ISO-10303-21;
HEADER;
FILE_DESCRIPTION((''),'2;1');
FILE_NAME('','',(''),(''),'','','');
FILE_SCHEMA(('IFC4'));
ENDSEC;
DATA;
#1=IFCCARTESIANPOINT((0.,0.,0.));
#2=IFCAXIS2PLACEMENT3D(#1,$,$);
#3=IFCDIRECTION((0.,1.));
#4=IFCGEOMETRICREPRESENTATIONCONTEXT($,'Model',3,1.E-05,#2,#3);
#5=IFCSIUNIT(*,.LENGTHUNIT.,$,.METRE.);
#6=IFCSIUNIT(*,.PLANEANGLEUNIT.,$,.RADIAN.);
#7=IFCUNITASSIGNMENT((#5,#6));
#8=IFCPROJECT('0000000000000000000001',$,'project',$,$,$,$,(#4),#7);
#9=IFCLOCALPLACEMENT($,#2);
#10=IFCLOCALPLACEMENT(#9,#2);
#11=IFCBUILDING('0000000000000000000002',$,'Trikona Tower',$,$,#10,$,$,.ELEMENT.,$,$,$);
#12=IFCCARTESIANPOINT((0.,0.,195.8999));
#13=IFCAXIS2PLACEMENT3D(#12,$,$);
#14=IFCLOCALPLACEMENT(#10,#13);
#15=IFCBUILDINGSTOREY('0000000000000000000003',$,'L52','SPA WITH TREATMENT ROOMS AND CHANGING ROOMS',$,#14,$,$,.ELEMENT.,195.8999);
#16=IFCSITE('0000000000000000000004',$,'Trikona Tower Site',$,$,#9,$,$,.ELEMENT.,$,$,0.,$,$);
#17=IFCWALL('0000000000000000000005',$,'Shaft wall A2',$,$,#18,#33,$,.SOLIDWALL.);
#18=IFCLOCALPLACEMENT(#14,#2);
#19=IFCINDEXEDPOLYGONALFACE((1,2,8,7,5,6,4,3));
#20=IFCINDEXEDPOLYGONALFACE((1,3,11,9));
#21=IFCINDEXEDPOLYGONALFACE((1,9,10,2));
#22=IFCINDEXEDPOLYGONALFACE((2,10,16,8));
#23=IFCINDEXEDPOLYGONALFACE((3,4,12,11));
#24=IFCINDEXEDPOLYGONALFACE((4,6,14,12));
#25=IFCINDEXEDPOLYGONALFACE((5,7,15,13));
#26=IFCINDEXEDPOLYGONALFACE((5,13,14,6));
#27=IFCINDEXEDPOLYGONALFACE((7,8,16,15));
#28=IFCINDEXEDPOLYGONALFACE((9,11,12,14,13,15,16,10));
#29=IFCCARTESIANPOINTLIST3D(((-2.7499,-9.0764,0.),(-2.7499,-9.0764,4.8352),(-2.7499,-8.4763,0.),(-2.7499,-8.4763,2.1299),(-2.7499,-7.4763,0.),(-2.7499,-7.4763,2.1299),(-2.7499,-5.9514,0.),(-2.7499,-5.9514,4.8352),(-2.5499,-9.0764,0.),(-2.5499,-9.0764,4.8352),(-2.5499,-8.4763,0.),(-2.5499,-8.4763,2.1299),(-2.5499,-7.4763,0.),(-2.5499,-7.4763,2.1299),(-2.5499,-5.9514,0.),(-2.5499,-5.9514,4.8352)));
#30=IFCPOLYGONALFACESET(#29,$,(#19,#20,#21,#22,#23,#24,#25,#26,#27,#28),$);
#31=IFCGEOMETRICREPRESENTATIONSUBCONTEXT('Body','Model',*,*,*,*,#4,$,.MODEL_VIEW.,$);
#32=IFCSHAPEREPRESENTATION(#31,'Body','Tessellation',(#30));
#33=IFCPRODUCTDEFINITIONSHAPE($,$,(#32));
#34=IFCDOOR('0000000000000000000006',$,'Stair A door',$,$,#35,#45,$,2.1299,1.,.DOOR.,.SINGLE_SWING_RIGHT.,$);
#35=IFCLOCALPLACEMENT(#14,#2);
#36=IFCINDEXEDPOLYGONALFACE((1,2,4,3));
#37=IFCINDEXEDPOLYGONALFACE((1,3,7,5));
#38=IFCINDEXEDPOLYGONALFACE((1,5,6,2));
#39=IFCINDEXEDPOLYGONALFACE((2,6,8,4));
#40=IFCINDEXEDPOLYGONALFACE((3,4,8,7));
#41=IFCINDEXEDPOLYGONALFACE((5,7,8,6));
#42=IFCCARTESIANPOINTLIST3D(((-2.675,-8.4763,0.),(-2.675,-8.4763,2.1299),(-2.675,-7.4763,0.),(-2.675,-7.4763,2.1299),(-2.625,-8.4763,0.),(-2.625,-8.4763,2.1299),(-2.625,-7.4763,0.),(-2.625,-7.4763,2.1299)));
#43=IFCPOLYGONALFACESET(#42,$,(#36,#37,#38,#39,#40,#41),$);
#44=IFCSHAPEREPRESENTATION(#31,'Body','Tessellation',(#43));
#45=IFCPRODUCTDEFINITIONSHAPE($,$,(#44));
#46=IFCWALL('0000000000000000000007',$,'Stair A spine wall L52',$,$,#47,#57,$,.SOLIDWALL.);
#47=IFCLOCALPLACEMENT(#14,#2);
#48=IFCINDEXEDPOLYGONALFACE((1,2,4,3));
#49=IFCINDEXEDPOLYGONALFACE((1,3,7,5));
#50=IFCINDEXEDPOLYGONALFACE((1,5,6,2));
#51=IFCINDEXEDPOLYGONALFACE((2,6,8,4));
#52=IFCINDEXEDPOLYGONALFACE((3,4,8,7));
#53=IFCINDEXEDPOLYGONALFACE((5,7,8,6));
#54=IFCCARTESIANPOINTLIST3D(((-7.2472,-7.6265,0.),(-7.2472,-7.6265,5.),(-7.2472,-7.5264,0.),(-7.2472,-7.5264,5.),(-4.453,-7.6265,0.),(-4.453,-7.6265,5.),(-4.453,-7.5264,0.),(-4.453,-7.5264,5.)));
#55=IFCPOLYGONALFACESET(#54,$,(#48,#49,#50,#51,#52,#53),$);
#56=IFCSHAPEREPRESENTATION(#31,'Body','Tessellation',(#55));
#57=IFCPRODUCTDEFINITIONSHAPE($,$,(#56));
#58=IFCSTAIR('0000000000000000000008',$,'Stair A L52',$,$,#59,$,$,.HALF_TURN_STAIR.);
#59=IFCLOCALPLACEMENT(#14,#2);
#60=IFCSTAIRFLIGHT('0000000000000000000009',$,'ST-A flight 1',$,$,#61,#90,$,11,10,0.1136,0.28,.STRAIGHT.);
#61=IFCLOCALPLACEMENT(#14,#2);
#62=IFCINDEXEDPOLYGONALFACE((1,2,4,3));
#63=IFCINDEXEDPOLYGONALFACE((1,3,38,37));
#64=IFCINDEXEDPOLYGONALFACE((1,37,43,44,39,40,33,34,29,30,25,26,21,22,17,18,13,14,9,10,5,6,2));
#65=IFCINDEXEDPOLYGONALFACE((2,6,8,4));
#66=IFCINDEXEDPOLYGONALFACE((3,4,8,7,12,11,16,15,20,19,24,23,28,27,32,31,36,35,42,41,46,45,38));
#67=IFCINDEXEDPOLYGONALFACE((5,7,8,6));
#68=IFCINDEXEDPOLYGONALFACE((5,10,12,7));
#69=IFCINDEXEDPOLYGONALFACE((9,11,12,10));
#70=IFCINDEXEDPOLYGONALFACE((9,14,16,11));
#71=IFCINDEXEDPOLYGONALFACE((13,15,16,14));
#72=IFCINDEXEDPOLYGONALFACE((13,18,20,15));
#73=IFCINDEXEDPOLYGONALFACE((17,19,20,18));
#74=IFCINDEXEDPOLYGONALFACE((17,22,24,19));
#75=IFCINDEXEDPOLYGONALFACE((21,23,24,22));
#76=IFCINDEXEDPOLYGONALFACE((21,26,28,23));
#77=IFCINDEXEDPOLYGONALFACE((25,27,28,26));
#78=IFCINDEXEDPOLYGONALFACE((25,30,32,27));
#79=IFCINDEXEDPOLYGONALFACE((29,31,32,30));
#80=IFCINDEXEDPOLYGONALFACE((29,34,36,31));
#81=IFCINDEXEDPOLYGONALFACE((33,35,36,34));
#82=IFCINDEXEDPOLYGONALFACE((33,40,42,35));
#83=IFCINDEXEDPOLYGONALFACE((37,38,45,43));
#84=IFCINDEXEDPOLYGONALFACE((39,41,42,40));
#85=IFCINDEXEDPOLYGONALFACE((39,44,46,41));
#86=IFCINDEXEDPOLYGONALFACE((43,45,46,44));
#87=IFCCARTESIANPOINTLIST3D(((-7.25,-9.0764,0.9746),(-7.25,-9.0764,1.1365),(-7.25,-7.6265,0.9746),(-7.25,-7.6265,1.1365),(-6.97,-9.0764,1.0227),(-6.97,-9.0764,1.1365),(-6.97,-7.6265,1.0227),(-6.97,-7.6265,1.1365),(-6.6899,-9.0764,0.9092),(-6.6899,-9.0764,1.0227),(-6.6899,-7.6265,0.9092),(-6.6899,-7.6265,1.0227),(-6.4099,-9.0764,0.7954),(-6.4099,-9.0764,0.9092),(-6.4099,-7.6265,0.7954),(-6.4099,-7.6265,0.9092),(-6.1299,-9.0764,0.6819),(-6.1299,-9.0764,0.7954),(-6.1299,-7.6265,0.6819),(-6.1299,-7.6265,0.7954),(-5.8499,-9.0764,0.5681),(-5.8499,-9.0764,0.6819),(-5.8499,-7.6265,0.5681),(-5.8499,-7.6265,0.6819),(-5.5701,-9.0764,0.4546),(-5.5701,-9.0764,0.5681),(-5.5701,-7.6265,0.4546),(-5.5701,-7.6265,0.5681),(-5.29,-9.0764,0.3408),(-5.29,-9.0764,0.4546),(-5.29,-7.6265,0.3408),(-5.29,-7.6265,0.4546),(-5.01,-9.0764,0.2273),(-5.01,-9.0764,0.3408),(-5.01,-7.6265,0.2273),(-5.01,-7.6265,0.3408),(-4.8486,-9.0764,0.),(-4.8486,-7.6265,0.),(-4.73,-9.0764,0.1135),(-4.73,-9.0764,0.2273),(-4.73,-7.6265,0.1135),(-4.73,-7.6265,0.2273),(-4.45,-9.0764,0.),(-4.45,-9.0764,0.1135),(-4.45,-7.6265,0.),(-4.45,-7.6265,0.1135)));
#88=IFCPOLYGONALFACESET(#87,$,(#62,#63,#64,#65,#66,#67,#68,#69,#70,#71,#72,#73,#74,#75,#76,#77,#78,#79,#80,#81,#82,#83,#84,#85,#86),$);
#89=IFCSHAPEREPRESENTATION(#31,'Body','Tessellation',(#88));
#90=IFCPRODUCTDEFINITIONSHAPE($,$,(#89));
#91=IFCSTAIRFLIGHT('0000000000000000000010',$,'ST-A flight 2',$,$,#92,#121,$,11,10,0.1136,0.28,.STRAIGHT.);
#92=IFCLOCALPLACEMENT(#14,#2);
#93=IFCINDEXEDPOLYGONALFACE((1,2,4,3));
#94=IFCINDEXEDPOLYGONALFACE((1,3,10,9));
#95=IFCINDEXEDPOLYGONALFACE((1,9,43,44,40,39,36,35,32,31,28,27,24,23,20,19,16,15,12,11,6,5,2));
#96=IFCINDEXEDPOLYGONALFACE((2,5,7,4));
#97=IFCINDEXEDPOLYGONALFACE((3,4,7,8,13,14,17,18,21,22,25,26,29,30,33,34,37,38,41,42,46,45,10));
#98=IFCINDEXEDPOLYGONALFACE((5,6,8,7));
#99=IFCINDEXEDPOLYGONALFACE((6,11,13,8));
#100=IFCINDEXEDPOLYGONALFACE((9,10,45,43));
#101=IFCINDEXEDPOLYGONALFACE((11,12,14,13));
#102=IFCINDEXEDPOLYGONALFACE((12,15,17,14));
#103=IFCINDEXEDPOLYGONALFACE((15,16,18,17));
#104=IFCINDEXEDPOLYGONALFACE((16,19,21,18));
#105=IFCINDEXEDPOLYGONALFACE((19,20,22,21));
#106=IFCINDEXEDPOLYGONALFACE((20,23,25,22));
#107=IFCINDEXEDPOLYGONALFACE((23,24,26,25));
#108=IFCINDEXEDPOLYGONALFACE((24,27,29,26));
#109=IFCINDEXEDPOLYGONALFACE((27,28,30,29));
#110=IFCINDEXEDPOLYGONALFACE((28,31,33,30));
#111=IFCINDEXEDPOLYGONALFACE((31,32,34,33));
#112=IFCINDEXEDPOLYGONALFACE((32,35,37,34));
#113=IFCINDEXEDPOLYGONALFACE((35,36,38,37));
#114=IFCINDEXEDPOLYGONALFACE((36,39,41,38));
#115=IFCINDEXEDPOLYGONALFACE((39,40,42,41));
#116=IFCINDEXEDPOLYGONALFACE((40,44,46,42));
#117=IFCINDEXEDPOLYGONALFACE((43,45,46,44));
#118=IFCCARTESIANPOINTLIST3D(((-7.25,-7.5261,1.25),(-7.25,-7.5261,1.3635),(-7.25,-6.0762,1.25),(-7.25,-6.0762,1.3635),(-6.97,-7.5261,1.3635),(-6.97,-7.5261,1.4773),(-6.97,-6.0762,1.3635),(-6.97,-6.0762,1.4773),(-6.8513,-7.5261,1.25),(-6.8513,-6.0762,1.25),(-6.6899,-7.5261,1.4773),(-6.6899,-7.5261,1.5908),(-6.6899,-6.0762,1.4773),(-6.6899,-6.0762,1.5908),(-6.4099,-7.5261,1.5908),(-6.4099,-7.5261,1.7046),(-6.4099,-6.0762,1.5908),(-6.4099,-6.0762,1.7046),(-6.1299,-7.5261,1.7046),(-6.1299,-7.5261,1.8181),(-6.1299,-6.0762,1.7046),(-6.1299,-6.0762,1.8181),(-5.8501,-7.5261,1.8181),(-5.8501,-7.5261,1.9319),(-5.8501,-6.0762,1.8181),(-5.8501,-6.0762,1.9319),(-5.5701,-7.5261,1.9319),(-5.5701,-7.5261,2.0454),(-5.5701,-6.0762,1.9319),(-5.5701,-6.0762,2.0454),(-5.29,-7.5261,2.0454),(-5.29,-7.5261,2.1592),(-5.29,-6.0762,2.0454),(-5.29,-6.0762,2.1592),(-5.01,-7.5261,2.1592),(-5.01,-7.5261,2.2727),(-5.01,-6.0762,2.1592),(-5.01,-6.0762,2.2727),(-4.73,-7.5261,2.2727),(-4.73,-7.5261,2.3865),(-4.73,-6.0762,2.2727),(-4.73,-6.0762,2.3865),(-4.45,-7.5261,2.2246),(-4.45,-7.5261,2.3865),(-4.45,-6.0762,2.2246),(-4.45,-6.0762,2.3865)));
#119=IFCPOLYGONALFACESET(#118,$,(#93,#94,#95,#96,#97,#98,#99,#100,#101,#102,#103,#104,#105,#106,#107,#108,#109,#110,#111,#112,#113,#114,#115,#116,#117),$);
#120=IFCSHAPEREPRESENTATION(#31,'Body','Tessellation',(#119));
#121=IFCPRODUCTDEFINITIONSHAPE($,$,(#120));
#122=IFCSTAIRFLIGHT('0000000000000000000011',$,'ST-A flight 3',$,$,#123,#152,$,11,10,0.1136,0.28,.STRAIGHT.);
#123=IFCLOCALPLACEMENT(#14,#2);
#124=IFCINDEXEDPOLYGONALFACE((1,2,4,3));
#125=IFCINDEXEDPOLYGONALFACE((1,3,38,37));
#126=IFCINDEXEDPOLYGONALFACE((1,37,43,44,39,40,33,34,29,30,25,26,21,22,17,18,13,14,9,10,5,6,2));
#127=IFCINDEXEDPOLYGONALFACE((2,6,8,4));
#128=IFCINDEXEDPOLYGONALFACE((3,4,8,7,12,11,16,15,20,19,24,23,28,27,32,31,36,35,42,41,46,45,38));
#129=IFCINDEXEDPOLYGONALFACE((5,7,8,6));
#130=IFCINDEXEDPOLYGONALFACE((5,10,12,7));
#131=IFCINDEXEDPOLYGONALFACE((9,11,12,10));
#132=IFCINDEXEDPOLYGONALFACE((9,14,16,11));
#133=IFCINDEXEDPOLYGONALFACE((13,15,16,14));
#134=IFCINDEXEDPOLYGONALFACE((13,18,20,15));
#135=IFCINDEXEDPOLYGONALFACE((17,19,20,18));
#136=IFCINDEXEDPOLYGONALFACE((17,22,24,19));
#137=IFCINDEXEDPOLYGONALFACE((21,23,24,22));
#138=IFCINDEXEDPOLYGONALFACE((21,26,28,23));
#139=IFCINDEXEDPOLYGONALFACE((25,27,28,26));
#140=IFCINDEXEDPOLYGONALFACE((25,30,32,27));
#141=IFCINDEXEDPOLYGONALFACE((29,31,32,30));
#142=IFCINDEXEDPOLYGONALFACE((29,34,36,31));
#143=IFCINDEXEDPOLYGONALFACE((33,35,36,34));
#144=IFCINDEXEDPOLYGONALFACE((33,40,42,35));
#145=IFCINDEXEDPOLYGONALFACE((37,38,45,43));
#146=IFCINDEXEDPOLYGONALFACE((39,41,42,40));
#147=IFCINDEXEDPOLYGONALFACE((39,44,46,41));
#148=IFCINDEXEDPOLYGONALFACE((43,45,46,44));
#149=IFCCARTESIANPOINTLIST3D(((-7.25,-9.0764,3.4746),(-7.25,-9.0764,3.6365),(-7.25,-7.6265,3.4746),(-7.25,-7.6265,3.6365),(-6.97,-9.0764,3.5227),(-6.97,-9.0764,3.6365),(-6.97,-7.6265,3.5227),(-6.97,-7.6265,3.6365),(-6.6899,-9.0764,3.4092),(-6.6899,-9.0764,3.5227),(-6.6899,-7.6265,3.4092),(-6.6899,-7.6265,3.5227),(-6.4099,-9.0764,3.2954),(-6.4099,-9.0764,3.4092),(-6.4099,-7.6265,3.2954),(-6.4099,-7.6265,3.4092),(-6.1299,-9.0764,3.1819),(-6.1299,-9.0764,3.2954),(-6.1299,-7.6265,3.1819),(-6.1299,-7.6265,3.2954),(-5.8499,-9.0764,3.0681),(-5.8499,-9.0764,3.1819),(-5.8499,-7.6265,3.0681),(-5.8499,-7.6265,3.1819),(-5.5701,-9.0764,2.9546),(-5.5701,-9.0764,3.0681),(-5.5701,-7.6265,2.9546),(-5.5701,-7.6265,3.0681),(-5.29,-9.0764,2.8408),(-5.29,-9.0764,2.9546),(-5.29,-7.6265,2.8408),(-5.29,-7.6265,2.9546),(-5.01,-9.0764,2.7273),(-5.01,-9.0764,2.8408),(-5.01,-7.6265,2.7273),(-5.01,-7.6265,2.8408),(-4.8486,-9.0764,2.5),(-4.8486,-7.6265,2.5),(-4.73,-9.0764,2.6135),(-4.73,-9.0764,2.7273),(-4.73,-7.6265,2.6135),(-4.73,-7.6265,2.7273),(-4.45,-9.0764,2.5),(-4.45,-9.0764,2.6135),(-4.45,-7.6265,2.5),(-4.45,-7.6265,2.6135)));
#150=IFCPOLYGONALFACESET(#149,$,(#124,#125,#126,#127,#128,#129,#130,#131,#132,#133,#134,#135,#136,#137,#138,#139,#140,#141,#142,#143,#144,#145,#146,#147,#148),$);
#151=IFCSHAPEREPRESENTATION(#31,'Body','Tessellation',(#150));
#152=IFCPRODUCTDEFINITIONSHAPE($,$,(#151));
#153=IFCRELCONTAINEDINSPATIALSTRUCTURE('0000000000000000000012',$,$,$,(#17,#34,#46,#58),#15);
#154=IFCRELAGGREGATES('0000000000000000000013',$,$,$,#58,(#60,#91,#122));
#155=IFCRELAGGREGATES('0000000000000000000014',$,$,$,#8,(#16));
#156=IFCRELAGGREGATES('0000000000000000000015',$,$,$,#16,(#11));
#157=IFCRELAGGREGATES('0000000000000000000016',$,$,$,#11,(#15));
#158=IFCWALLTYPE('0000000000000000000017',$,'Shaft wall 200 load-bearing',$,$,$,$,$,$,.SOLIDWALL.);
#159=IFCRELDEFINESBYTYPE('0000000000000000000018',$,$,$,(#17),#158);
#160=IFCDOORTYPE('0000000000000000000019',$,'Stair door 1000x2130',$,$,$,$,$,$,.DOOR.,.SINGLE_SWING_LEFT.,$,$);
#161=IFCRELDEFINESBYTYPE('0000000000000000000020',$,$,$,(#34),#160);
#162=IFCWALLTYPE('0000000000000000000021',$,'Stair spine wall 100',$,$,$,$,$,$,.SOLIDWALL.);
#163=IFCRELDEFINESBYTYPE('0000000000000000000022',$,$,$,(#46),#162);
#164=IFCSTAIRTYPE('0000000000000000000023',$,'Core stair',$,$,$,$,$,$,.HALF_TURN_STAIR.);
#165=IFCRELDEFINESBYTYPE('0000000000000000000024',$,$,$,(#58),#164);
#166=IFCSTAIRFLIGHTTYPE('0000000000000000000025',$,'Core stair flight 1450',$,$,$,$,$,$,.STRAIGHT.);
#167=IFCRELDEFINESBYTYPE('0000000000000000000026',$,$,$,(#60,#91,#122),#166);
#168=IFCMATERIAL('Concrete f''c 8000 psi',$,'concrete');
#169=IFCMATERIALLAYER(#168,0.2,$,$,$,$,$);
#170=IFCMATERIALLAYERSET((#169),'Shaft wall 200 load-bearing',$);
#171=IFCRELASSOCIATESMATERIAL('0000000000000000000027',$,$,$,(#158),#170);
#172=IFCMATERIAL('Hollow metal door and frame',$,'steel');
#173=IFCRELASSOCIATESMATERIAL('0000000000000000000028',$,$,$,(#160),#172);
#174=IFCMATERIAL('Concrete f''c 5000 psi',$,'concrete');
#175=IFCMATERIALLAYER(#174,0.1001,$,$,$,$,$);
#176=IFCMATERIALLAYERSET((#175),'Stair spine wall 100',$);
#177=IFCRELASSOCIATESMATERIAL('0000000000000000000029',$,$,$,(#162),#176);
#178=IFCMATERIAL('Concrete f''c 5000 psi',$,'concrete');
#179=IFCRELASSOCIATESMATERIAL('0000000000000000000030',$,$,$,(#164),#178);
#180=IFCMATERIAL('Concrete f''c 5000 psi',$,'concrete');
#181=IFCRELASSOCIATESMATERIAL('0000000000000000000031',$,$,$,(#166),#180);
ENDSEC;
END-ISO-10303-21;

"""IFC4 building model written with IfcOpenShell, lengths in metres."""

from ifc_helpers import new_model, si_unit, direction, frame, frame_2d, origin, place, context, subcontext, project, spatial, polyline, rectangle, outline, extrude, material, layer, layer_set, type_object, element, fill, aggregate, save


model = new_model("IFC4")

# Units and contexts
model_context = context("Model", 3, precision=1e-05, world=origin(), true_north=direction((0.0, 1.0)))
body_context = subcontext(model_context, "Body", "Model", "MODEL_VIEW")
ifc_project = project(units=[si_unit("LENGTHUNIT", "METRE"), si_unit("PLANEANGLEUNIT", "RADIAN")], contexts=[model_context])

# Site, building, storey
site_placement = place(None, origin())
site = spatial("IfcSite", under=ifc_project, at=site_placement, Name="Trikona Tower Site", CompositionType="ELEMENT", RefElevation=0.0)
building_placement = place(site_placement, origin())
building = spatial("IfcBuilding", under=site, at=building_placement, Name="Trikona Tower", CompositionType="ELEMENT")
storey_placement = place(building_placement, frame((0.0, 0.0, 195.8999)))
storey = spatial("IfcBuildingStorey", under=building, at=storey_placement, Name="L52", Description="SPA WITH TREATMENT ROOMS AND CHANGING ROOMS", CompositionType="ELEMENT", Elevation=195.8999)

# Shared definitions
ifc_material_1 = material(Name="Concrete f'c 8000 psi", Category="concrete")
ifc_layer_1 = layer(ifc_material_1, 0.2)
ifc_layer_set_1 = layer_set([ifc_layer_1], Name="Shaft wall 200 load-bearing")
wall_type_1 = type_object("IfcWallType", Name="Shaft wall 200 load-bearing", PredefinedType="SOLIDWALL", material=ifc_layer_set_1)

# Wall, opening, door
wall_1_placement = place(storey_placement, frame((-2.6499, -5.9514, 0.0), z_axis=(0.0, 0.0, 1.0), x_axis=(0.0, -1.0, 0.0)))
wall_1 = element("IfcWall", 1, at=wall_1_placement, inside=storey, type_object=wall_type_1, Name="Shaft wall A2", PredefinedType="SOLIDWALL", context=body_context, shape_type="SweptSolid", body=[
    extrude(rectangle(XDim=3.125, YDim=0.2, at=frame_2d((1.5625, 0.0))), origin(), (0.0, 0.0, 1.0), 4.8352),
])
opening_1_placement = place(wall_1_placement, frame((1.5249, 0.0, 0.0)))
opening_1 = element("IfcOpeningElement", 2, at=opening_1_placement, cuts=wall_1, PredefinedType="OPENING", context=body_context, shape_type="SweptSolid", body=[
    extrude(rectangle(XDim=1.0, YDim=2.1299, at=frame_2d((0.5, 1.0649))), frame((0.0, 0.1099, 0.0), z_axis=(0.0, -1.0, 0.0), x_axis=(1.0, 0.0, 0.0)), (0.0, 0.0, 1.0), 0.22),
])
ifc_material_2 = material(Name="Hollow metal door and frame", Category="steel")
door_type_1 = type_object("IfcDoorType", Name="Stair door 1000x2130", OperationType="SINGLE_SWING_LEFT", PredefinedType="DOOR", material=ifc_material_2)
door_1_placement = place(opening_1_placement, origin())
door_1 = element("IfcDoor", 3, at=door_1_placement, inside=storey, type_object=door_type_1, Name="Stair A door", OperationType="SINGLE_SWING_RIGHT", OverallHeight=2.1299, OverallWidth=1.0, PredefinedType="DOOR", context=body_context, shape_type="SweptSolid", body=[
    extrude(rectangle(XDim=1.0, YDim=2.1299, at=frame_2d((0.5, 1.0649))), frame((0.0, 0.0249, 0.0), z_axis=(0.0, -1.0, 0.0), x_axis=(1.0, 0.0, 0.0)), (0.0, 0.0, 1.0), 0.05),
])
fill(opening_1, door_1)

# Wall
ifc_material_3 = material(Name="Concrete f'c 5000 psi", Category="concrete")
ifc_layer_2 = layer(ifc_material_3, 0.1001)
ifc_layer_set_2 = layer_set([ifc_layer_2], Name="Stair spine wall 100")
wall_type_2 = type_object("IfcWallType", Name="Stair spine wall 100", PredefinedType="SOLIDWALL", material=ifc_layer_set_2)
wall_2_placement = place(storey_placement, frame((-7.2471, -7.5764, 0.0), z_axis=(0.0, 0.0, 1.0), x_axis=(1.0, 0.0, 0.0)))
element("IfcWall", 4, at=wall_2_placement, inside=storey, type_object=wall_type_2, Name="Stair A spine wall L52", PredefinedType="SOLIDWALL", context=body_context, shape_type="SweptSolid", body=[
    extrude(rectangle(XDim=2.7942, YDim=0.1001, at=frame_2d((1.397, 0.0))), origin(), (0.0, 0.0, 1.0), 5.0),
])

# Stair, stair flights
ifc_material_4 = material(Name="Concrete f'c 5000 psi", Category="concrete")
stair_type = type_object("IfcStairType", Name="Core stair", PredefinedType="HALF_TURN_STAIR", material=ifc_material_4)
stair_placement = place(storey_placement, origin())
stair = element("IfcStair", 5, at=stair_placement, inside=storey, type_object=stair_type, Name="Stair A L52", PredefinedType="HALF_TURN_STAIR")
ifc_material_5 = material(Name="Concrete f'c 5000 psi", Category="concrete")
stair_flight_type = type_object("IfcStairFlightType", Name="Core stair flight 1450", PredefinedType="STRAIGHT", material=ifc_material_5)
stair_flight_1_placement = place(storey_placement, frame((-4.45, -8.3513, 0.0), z_axis=(0.0, 0.0, 1.0), x_axis=(-1.0, 0.0, 0.0)))
stair_flight_1 = element("IfcStairFlight", 6, at=stair_flight_1_placement, type_object=stair_flight_type, Name="ST-A flight 1", NumberOfRisers=11, NumberOfTreads=10, PredefinedType="STRAIGHT", RiserHeight=0.1136, TreadLength=0.28, context=body_context, shape_type="SweptSolid", body=[
    extrude(outline(polyline([(0.0, 0.0), (0.0, 0.1135), (0.28, 0.1135), (0.28, 0.2273), (0.5601, 0.2273), (0.5601, 0.3408), (0.8401, 0.3408), (0.8401, 0.4546), (1.1201, 0.4546), (1.1201, 0.5681), (1.3999, 0.5681), (1.3999, 0.6819), (1.6799, 0.6819), (1.6799, 0.7954), (1.96, 0.7954), (1.96, 0.9092), (2.24, 0.9092), (2.24, 1.0227), (2.52, 1.0227), (2.52, 1.1365), (2.8, 1.1365), (2.8, 1.25), (2.8, 0.9746), (0.3987, 0.0), (0.0, 0.0)])), frame((0.0, 0.7251, 0.0), z_axis=(0.0, -1.0, 0.0), x_axis=(1.0, 0.0, 0.0)), (0.0, 0.0, 1.0), 1.45),
])
stair_flight_2_placement = place(storey_placement, frame((-7.25, -6.8013, 1.25), z_axis=(0.0, 0.0, 1.0), x_axis=(1.0, 0.0, 0.0)))
stair_flight_2 = element("IfcStairFlight", 7, at=stair_flight_2_placement, type_object=stair_flight_type, Name="ST-A flight 2", NumberOfRisers=11, NumberOfTreads=10, PredefinedType="STRAIGHT", RiserHeight=0.1136, TreadLength=0.28, context=body_context, shape_type="SweptSolid", body=[
    extrude(outline(polyline([(0.0, 0.0), (0.0, 0.1135), (0.28, 0.1135), (0.28, 0.2273), (0.5601, 0.2273), (0.5601, 0.3408), (0.8401, 0.3408), (0.8401, 0.4546), (1.1201, 0.4546), (1.1201, 0.5681), (1.3999, 0.5681), (1.3999, 0.6819), (1.6799, 0.6819), (1.6799, 0.7954), (1.96, 0.7954), (1.96, 0.9092), (2.24, 0.9092), (2.24, 1.0227), (2.52, 1.0227), (2.52, 1.1365), (2.8, 1.1365), (2.8, 1.25), (2.8, 0.9746), (0.3987, 0.0), (0.0, 0.0)])), frame((0.0, 0.7251, 0.0), z_axis=(0.0, -1.0, 0.0), x_axis=(1.0, 0.0, 0.0)), (0.0, 0.0, 1.0), 1.45),
])
stair_flight_3_placement = place(storey_placement, frame((-4.45, -8.3513, 2.5), z_axis=(0.0, 0.0, 1.0), x_axis=(-1.0, 0.0, 0.0)))
stair_flight_3 = element("IfcStairFlight", 8, at=stair_flight_3_placement, type_object=stair_flight_type, Name="ST-A flight 3", NumberOfRisers=11, NumberOfTreads=10, PredefinedType="STRAIGHT", RiserHeight=0.1136, TreadLength=0.28, context=body_context, shape_type="SweptSolid", body=[
    extrude(outline(polyline([(0.0, 0.0), (0.0, 0.1135), (0.28, 0.1135), (0.28, 0.2273), (0.5601, 0.2273), (0.5601, 0.3408), (0.8401, 0.3408), (0.8401, 0.4546), (1.1201, 0.4546), (1.1201, 0.5681), (1.3999, 0.5681), (1.3999, 0.6819), (1.6799, 0.6819), (1.6799, 0.7954), (1.96, 0.7954), (1.96, 0.9092), (2.24, 0.9092), (2.24, 1.0227), (2.52, 1.0227), (2.52, 1.1365), (2.8, 1.1365), (2.8, 1.25), (2.8, 0.9746), (0.3987, 0.0), (0.0, 0.0)])), frame((0.0, 0.7251, 0.0), z_axis=(0.0, -1.0, 0.0), x_axis=(1.0, 0.0, 0.0)), (0.0, 0.0, 1.0), 1.45),
])
aggregate(stair, [stair_flight_1, stair_flight_2, stair_flight_3])

save(model, "model.ifc")
